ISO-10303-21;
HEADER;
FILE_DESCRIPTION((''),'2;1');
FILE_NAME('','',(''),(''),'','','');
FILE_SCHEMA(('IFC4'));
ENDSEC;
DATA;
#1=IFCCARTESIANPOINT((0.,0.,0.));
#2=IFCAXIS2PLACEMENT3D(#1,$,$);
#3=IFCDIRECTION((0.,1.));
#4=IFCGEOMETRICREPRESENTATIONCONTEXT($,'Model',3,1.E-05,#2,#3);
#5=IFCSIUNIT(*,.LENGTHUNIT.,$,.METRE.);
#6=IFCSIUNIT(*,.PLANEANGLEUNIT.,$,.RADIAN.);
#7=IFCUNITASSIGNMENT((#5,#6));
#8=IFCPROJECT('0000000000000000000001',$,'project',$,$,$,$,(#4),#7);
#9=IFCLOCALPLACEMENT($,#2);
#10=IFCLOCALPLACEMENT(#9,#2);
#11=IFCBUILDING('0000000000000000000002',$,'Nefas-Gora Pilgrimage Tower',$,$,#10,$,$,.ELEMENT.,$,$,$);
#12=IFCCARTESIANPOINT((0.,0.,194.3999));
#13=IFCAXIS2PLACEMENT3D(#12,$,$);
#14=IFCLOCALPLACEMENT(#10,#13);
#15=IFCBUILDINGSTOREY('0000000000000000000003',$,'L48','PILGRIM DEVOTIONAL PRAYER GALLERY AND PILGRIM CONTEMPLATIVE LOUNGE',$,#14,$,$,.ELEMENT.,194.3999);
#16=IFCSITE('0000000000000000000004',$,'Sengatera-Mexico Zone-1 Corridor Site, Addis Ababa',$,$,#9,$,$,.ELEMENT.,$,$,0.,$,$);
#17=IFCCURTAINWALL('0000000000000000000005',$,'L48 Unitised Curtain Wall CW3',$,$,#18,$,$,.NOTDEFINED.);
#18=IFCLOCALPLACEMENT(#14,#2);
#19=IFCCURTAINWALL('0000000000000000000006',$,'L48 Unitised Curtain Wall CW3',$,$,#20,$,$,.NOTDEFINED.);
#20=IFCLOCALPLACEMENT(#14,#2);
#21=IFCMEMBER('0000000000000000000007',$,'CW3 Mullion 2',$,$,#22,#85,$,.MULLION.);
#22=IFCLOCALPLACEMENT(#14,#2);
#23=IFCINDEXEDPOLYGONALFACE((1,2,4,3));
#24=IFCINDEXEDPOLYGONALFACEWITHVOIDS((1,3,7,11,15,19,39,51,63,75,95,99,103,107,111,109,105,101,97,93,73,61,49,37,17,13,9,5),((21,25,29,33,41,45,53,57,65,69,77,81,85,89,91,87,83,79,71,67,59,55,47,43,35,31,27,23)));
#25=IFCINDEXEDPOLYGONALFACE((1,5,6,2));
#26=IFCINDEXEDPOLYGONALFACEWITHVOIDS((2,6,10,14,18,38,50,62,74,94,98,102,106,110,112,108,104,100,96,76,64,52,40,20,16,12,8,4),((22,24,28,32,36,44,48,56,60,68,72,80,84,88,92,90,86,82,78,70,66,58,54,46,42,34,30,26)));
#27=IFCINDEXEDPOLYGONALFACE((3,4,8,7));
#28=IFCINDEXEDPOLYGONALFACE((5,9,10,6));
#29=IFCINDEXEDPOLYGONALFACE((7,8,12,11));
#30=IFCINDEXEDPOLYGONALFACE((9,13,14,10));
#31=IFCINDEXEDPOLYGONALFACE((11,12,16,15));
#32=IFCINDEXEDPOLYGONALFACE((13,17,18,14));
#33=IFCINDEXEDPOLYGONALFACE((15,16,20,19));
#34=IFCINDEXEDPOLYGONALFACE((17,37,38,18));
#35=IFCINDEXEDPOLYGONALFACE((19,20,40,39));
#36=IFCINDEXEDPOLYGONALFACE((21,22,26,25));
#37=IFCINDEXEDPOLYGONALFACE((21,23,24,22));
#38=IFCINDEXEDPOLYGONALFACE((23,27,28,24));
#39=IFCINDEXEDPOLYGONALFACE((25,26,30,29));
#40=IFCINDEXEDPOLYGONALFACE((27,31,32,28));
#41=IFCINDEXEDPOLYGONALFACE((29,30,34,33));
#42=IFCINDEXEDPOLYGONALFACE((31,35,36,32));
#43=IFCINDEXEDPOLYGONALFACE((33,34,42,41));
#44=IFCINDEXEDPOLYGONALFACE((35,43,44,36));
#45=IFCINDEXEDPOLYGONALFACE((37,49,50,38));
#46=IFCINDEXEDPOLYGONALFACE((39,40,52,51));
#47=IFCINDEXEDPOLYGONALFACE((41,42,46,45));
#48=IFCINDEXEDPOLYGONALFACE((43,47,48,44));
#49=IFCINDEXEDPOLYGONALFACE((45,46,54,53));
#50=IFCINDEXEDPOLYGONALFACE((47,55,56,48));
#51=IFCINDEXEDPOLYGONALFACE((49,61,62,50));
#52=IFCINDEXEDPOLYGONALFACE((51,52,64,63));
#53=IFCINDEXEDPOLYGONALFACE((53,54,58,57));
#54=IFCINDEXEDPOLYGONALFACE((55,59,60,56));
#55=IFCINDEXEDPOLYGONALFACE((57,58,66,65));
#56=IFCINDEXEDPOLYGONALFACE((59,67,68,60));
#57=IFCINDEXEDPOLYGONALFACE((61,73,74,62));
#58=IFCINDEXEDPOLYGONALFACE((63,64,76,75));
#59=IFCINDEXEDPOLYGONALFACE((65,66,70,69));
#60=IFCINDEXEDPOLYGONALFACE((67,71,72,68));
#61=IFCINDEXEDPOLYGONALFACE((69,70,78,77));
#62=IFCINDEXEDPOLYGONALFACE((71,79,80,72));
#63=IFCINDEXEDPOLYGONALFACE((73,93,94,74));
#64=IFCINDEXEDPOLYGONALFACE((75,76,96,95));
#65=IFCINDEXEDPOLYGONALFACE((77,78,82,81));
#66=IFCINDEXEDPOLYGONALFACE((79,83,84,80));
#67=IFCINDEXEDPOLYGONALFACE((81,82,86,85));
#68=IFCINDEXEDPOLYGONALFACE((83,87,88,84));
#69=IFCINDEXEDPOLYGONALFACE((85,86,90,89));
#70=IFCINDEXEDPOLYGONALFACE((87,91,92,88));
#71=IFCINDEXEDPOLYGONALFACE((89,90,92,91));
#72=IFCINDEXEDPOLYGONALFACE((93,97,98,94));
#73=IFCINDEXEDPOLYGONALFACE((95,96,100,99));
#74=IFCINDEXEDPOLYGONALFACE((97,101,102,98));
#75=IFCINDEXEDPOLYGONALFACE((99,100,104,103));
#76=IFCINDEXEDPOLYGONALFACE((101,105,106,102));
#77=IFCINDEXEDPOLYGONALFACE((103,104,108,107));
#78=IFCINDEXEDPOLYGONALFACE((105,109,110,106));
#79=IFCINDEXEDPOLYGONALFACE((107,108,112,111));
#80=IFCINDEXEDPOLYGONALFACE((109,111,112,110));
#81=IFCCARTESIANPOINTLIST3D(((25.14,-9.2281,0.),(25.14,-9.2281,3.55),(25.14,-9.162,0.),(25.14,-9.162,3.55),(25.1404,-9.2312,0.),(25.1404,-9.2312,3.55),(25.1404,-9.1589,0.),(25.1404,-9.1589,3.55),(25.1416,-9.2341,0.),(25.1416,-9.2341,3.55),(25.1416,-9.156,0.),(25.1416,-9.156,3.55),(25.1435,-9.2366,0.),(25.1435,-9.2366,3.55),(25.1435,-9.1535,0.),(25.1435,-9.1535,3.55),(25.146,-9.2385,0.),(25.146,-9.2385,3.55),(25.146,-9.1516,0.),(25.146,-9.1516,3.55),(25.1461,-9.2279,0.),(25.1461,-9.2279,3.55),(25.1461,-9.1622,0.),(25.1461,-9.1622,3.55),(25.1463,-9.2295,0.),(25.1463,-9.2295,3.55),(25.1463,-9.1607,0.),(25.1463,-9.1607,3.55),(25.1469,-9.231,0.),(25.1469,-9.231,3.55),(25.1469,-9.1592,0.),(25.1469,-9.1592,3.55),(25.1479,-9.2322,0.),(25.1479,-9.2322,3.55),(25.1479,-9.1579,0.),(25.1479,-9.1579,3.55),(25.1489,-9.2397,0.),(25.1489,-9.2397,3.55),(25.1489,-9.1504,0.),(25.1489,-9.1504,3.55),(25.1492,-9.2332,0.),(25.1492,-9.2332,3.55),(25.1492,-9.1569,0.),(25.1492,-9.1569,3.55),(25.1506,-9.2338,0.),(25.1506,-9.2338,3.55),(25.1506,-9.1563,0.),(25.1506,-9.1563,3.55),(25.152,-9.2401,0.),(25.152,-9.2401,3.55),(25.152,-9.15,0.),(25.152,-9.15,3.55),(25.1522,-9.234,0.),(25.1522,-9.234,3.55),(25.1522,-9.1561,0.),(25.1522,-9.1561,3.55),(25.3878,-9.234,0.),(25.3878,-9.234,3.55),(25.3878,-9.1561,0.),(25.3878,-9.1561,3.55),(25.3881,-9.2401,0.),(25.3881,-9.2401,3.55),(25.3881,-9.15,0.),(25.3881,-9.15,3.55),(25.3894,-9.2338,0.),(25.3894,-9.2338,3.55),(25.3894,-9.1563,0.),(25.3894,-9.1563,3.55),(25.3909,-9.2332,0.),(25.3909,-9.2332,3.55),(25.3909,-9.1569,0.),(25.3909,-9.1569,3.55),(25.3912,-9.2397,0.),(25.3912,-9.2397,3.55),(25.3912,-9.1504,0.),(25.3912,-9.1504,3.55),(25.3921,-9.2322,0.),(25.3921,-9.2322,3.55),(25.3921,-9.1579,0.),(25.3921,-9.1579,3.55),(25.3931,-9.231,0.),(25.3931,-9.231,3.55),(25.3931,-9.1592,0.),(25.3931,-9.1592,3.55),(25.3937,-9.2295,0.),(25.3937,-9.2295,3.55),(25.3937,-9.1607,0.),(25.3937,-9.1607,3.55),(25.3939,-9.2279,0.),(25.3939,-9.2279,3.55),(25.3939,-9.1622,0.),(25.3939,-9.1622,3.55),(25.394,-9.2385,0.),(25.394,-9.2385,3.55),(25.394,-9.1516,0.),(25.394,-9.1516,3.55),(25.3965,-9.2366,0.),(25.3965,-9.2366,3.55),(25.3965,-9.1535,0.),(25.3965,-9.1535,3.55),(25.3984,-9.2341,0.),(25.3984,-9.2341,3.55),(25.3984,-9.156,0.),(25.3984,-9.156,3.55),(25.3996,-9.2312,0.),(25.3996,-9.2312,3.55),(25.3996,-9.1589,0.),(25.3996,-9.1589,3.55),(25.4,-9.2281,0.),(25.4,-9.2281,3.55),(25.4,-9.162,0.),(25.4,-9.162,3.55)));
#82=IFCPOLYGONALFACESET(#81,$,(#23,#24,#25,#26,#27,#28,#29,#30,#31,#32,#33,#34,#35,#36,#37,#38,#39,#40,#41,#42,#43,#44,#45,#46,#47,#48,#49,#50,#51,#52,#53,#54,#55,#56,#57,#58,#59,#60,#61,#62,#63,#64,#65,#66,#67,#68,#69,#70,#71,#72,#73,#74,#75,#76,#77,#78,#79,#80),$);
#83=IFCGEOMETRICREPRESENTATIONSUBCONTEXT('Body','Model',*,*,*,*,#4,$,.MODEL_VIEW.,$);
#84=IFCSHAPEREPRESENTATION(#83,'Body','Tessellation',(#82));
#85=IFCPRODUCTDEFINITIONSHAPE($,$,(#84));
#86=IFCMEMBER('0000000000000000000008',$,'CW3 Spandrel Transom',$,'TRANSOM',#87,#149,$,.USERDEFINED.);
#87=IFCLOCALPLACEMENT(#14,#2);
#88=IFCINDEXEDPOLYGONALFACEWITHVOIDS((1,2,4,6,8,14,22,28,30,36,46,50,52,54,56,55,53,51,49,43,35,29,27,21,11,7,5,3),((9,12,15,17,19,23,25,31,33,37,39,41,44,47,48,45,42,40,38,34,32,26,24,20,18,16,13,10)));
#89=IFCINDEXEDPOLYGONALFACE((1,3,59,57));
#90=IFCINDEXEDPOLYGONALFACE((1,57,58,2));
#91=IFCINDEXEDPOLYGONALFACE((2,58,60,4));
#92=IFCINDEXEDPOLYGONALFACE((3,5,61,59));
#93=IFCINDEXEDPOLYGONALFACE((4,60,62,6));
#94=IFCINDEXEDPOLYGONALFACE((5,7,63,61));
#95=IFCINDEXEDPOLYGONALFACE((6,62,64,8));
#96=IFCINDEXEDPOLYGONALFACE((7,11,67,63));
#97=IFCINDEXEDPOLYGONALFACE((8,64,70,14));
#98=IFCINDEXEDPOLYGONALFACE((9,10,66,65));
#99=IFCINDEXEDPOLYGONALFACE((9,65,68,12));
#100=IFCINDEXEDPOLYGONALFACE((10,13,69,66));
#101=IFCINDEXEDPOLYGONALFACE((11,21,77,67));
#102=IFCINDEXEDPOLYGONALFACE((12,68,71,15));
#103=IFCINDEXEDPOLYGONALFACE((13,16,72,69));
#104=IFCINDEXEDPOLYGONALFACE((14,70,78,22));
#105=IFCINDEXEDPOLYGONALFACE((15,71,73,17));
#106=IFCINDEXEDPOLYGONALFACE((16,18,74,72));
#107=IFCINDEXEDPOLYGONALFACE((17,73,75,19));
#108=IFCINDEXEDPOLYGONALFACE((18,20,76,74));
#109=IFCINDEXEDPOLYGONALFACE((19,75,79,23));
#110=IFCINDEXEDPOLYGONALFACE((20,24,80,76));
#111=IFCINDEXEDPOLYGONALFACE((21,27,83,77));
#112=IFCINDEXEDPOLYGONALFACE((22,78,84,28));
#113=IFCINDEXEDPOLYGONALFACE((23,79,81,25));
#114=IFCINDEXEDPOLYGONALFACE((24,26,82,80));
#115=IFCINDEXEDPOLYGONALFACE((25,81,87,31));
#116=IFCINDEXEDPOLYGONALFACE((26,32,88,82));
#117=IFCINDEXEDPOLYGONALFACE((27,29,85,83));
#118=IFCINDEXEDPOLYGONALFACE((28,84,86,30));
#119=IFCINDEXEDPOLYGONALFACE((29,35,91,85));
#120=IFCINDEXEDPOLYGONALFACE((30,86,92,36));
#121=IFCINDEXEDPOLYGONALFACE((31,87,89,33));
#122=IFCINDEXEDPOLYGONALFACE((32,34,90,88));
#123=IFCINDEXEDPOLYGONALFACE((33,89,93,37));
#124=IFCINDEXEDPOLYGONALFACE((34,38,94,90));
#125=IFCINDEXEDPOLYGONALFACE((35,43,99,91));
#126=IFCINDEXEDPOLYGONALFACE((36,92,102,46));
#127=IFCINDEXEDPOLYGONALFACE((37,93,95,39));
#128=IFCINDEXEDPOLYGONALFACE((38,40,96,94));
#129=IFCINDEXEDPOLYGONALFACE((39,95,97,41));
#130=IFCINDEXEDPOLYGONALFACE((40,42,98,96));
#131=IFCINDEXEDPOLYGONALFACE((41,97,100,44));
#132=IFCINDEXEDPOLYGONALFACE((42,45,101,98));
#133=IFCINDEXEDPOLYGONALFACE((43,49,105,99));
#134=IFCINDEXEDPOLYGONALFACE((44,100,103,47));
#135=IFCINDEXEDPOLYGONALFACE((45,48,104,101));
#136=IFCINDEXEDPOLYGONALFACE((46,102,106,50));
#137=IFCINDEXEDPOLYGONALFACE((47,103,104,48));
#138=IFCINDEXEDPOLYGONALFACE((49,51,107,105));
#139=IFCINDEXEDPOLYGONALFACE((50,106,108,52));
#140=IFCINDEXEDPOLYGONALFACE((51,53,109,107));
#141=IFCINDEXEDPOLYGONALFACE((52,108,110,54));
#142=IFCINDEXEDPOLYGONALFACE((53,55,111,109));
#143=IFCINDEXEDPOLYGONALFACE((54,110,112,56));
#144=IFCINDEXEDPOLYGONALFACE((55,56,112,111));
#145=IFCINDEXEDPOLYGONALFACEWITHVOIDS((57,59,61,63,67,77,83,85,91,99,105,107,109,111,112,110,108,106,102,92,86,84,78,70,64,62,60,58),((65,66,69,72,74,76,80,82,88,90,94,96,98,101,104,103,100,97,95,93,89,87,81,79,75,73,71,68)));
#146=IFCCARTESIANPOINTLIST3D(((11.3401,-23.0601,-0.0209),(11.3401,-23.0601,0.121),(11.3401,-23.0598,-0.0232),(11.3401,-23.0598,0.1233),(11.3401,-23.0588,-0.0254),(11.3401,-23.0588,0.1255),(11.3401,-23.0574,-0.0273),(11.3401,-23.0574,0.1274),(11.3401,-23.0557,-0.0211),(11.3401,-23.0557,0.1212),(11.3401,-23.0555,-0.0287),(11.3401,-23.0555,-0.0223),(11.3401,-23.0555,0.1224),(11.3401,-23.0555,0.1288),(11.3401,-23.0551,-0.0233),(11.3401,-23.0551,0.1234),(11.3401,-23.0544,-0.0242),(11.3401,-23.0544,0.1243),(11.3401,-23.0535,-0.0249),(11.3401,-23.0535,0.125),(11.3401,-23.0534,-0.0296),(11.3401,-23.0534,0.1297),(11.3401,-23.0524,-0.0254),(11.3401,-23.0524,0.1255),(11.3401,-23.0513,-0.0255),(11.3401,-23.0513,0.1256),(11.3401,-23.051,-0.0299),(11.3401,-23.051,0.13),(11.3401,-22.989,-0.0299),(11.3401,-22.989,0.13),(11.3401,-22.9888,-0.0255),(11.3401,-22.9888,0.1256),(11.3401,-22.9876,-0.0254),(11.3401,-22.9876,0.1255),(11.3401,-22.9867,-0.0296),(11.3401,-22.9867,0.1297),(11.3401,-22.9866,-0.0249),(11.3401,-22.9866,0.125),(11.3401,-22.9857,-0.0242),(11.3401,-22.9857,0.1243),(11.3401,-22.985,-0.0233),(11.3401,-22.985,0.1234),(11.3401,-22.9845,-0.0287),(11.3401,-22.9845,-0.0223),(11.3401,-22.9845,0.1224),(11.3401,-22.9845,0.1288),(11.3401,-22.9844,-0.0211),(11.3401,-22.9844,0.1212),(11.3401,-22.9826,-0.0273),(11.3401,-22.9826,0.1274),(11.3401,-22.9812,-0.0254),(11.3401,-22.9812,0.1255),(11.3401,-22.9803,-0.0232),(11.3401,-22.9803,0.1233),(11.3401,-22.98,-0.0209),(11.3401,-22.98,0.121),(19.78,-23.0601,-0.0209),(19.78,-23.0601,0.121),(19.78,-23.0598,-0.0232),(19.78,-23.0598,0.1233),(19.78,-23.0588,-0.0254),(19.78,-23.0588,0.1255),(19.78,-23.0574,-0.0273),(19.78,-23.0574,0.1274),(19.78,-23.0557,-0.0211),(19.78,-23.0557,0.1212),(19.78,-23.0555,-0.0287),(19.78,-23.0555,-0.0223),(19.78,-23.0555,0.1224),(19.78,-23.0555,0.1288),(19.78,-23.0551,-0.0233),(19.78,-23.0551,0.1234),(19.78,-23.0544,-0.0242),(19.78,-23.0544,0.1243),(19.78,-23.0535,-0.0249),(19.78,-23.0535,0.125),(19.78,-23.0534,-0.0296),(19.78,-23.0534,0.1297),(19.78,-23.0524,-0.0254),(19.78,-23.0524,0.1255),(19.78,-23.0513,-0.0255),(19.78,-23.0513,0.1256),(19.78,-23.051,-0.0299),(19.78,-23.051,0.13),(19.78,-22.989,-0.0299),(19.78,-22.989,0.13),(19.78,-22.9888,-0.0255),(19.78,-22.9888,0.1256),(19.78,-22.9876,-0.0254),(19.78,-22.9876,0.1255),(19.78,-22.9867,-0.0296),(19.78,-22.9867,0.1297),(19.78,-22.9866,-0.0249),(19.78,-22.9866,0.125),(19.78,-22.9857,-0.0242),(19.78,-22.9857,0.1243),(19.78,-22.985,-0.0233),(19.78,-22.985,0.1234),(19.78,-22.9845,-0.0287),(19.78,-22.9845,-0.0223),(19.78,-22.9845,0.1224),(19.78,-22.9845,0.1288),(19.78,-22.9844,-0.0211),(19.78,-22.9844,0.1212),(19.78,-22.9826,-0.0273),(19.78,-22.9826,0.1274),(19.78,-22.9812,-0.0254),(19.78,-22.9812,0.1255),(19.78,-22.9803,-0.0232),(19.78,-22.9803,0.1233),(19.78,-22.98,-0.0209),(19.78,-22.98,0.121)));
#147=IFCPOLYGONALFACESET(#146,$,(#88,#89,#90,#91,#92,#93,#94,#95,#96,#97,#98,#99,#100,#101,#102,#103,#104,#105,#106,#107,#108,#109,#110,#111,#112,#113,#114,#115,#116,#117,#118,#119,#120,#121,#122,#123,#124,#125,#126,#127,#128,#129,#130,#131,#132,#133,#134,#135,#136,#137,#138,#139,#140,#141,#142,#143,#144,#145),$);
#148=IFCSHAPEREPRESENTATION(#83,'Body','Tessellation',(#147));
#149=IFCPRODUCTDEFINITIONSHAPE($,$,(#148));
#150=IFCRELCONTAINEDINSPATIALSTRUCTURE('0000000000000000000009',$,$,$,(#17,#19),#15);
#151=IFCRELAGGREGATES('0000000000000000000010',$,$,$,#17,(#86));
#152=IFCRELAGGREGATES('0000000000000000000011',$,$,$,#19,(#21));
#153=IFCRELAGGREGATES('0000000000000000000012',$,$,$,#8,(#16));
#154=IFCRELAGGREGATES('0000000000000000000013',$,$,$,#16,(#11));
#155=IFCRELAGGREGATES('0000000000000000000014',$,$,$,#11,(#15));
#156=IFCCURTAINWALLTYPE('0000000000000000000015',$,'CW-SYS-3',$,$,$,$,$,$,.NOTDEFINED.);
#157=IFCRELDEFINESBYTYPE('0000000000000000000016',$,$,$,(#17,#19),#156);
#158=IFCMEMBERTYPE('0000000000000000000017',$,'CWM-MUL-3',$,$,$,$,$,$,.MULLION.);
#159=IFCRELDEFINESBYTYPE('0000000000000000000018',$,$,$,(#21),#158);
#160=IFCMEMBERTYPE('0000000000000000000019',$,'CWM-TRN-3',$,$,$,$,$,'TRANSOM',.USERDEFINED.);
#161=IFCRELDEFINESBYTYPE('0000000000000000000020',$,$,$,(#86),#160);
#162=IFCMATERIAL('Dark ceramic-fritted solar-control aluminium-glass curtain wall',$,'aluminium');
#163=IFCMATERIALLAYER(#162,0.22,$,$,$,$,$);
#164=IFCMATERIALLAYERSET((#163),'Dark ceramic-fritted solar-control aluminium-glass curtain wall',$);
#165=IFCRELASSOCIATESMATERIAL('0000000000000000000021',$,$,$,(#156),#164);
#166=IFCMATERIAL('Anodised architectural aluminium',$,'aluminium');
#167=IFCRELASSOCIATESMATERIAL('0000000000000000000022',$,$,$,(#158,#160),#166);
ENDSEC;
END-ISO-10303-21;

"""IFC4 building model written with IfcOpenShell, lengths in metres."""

from ifc_helpers import new_model, si_unit, direction, frame, origin, origin_2d, place, context, subcontext, project, spatial, hollow_rectangle, extrude, source, transform, mapped, material, layer, layer_set, material_profile, profile_set, type_object, element, aggregate, save


model = new_model("IFC4")

# Units and contexts
model_context = context("Model", 3, precision=1e-05, world=origin(), true_north=direction((0.0, 1.0)))
body_context = subcontext(model_context, "Body", "Model", "MODEL_VIEW")
ifc_project = project(units=[si_unit("LENGTHUNIT", "METRE"), si_unit("PLANEANGLEUNIT", "RADIAN")], contexts=[model_context])

# Site, building, storey
site_placement = place(None, origin())
site = spatial("IfcSite", under=ifc_project, at=site_placement, Name="Sengatera-Mexico Zone-1 Corridor Site, Addis Ababa", CompositionType="ELEMENT", RefElevation=0.0)
building_placement = place(site_placement, origin())
building = spatial("IfcBuilding", under=site, at=building_placement, Name="Nefas-Gora Pilgrimage Tower", CompositionType="ELEMENT")
storey_placement = place(building_placement, frame((0.0, 0.0, 194.3999)))
storey = spatial("IfcBuildingStorey", under=building, at=storey_placement, Name="L48", Description="PILGRIM DEVOTIONAL PRAYER GALLERY AND PILGRIM CONTEMPLATIVE LOUNGE", CompositionType="ELEMENT", Elevation=194.3999)

# Curtain walls, member
ifc_material_1 = material(Name="Dark ceramic-fritted solar-control aluminium-glass curtain wall", Category="aluminium")
ifc_layer_1 = layer(ifc_material_1, 0.22)
ifc_layer_set_1 = layer_set([ifc_layer_1], Name="Dark ceramic-fritted solar-control aluminium-glass curtain wall")
curtain_wall_type = type_object("IfcCurtainWallType", Name="CW-SYS-3", PredefinedType="NOTDEFINED", material=ifc_layer_set_1)
curtain_wall_1_placement = place(storey_placement, origin())
curtain_wall_1 = element("IfcCurtainWall", 1, at=curtain_wall_1_placement, inside=storey, type_object=curtain_wall_type, Name="L48 Unitised Curtain Wall CW3", PredefinedType="NOTDEFINED")
ifc_material_2 = material(Name="Anodised architectural aluminium", Category="aluminium")
ifc_material_profile_1 = material_profile(ifc_material_2, hollow_rectangle(XDim=0.0901, YDim=0.26, WallThickness=0.0061, InnerFilletRadius=0.0061, OuterFilletRadius=0.012, at=origin_2d()), Name="ALU MULLION 90x260")
ifc_profile_set_1 = profile_set([ifc_material_profile_1], Name="Anodised architectural aluminium")
member_type_1 = type_object("IfcMemberType", Name="CWM-MUL-3", PredefinedType="MULLION", material=ifc_profile_set_1)
shared_shape_1 = source(origin(), body_context, "Body", "SweptSolid", [
    extrude(hollow_rectangle(XDim=0.0901, YDim=0.26, WallThickness=0.0061, InnerFilletRadius=0.0061, OuterFilletRadius=0.012, at=origin_2d()), origin(), (0.0, 0.0, 1.0), 3.55),
])
curtain_wall_2_placement = place(storey_placement, origin())
curtain_wall_2 = element("IfcCurtainWall", 2, at=curtain_wall_2_placement, inside=storey, type_object=curtain_wall_type, Name="L48 Unitised Curtain Wall CW3", PredefinedType="NOTDEFINED")
member_1_placement = place(storey_placement, frame((25.27, -9.1951, 0.0), z_axis=(0.0, 0.0, 1.0), x_axis=(0.0, 1.0, 0.0)))
member_1 = element("IfcMember", 3, at=member_1_placement, type_object=member_type_1, Name="CW3 Mullion 2", PredefinedType="MULLION", context=body_context, shape_type="MappedRepresentation", body=[
    mapped(shared_shape_1, transform((0.0, 0.0, 0.0), x_axis=(1.0, 0.0, 0.0), y_axis=(0.0, 1.0, 0.0), z_axis=(0.0, 0.0, 1.0), scale=1.0)),
])

# Member
ifc_material_profile_2 = material_profile(ifc_material_2, hollow_rectangle(XDim=0.0801, YDim=0.1599, WallThickness=0.0044, InnerFilletRadius=0.0044, OuterFilletRadius=0.009, at=origin_2d()), Name="ALU TRANSOM 80x160")
ifc_profile_set_2 = profile_set([ifc_material_profile_2], Name="Anodised architectural aluminium")
member_type_2 = type_object("IfcMemberType", Name="CWM-TRN-3", ElementType="TRANSOM", PredefinedType="USERDEFINED", material=ifc_profile_set_2)
shared_shape_2 = source(origin(), body_context, "Body", "SweptSolid", [
    extrude(hollow_rectangle(XDim=0.0801, YDim=0.1599, WallThickness=0.0044, InnerFilletRadius=0.0044, OuterFilletRadius=0.009, at=origin_2d()), origin(), (0.0, 0.0, 1.0), 8.4399),
])
member_2_placement = place(storey_placement, frame((11.3401, -23.02, 0.05), z_axis=(1.0, 0.0, 0.0), x_axis=(0.0, 1.0, 0.0)))
member_2 = element("IfcMember", 4, at=member_2_placement, type_object=member_type_2, Name="CW3 Spandrel Transom", ObjectType="TRANSOM", PredefinedType="USERDEFINED", context=body_context, shape_type="MappedRepresentation", body=[
    mapped(shared_shape_2, transform((0.0, 0.0, 0.0), x_axis=(1.0, 0.0, 0.0), y_axis=(0.0, 1.0, 0.0), z_axis=(0.0, 0.0, 1.0), scale=1.0)),
])

aggregate(curtain_wall_1, [member_2])
aggregate(curtain_wall_2, [member_1])

save(model, "model.ifc")
